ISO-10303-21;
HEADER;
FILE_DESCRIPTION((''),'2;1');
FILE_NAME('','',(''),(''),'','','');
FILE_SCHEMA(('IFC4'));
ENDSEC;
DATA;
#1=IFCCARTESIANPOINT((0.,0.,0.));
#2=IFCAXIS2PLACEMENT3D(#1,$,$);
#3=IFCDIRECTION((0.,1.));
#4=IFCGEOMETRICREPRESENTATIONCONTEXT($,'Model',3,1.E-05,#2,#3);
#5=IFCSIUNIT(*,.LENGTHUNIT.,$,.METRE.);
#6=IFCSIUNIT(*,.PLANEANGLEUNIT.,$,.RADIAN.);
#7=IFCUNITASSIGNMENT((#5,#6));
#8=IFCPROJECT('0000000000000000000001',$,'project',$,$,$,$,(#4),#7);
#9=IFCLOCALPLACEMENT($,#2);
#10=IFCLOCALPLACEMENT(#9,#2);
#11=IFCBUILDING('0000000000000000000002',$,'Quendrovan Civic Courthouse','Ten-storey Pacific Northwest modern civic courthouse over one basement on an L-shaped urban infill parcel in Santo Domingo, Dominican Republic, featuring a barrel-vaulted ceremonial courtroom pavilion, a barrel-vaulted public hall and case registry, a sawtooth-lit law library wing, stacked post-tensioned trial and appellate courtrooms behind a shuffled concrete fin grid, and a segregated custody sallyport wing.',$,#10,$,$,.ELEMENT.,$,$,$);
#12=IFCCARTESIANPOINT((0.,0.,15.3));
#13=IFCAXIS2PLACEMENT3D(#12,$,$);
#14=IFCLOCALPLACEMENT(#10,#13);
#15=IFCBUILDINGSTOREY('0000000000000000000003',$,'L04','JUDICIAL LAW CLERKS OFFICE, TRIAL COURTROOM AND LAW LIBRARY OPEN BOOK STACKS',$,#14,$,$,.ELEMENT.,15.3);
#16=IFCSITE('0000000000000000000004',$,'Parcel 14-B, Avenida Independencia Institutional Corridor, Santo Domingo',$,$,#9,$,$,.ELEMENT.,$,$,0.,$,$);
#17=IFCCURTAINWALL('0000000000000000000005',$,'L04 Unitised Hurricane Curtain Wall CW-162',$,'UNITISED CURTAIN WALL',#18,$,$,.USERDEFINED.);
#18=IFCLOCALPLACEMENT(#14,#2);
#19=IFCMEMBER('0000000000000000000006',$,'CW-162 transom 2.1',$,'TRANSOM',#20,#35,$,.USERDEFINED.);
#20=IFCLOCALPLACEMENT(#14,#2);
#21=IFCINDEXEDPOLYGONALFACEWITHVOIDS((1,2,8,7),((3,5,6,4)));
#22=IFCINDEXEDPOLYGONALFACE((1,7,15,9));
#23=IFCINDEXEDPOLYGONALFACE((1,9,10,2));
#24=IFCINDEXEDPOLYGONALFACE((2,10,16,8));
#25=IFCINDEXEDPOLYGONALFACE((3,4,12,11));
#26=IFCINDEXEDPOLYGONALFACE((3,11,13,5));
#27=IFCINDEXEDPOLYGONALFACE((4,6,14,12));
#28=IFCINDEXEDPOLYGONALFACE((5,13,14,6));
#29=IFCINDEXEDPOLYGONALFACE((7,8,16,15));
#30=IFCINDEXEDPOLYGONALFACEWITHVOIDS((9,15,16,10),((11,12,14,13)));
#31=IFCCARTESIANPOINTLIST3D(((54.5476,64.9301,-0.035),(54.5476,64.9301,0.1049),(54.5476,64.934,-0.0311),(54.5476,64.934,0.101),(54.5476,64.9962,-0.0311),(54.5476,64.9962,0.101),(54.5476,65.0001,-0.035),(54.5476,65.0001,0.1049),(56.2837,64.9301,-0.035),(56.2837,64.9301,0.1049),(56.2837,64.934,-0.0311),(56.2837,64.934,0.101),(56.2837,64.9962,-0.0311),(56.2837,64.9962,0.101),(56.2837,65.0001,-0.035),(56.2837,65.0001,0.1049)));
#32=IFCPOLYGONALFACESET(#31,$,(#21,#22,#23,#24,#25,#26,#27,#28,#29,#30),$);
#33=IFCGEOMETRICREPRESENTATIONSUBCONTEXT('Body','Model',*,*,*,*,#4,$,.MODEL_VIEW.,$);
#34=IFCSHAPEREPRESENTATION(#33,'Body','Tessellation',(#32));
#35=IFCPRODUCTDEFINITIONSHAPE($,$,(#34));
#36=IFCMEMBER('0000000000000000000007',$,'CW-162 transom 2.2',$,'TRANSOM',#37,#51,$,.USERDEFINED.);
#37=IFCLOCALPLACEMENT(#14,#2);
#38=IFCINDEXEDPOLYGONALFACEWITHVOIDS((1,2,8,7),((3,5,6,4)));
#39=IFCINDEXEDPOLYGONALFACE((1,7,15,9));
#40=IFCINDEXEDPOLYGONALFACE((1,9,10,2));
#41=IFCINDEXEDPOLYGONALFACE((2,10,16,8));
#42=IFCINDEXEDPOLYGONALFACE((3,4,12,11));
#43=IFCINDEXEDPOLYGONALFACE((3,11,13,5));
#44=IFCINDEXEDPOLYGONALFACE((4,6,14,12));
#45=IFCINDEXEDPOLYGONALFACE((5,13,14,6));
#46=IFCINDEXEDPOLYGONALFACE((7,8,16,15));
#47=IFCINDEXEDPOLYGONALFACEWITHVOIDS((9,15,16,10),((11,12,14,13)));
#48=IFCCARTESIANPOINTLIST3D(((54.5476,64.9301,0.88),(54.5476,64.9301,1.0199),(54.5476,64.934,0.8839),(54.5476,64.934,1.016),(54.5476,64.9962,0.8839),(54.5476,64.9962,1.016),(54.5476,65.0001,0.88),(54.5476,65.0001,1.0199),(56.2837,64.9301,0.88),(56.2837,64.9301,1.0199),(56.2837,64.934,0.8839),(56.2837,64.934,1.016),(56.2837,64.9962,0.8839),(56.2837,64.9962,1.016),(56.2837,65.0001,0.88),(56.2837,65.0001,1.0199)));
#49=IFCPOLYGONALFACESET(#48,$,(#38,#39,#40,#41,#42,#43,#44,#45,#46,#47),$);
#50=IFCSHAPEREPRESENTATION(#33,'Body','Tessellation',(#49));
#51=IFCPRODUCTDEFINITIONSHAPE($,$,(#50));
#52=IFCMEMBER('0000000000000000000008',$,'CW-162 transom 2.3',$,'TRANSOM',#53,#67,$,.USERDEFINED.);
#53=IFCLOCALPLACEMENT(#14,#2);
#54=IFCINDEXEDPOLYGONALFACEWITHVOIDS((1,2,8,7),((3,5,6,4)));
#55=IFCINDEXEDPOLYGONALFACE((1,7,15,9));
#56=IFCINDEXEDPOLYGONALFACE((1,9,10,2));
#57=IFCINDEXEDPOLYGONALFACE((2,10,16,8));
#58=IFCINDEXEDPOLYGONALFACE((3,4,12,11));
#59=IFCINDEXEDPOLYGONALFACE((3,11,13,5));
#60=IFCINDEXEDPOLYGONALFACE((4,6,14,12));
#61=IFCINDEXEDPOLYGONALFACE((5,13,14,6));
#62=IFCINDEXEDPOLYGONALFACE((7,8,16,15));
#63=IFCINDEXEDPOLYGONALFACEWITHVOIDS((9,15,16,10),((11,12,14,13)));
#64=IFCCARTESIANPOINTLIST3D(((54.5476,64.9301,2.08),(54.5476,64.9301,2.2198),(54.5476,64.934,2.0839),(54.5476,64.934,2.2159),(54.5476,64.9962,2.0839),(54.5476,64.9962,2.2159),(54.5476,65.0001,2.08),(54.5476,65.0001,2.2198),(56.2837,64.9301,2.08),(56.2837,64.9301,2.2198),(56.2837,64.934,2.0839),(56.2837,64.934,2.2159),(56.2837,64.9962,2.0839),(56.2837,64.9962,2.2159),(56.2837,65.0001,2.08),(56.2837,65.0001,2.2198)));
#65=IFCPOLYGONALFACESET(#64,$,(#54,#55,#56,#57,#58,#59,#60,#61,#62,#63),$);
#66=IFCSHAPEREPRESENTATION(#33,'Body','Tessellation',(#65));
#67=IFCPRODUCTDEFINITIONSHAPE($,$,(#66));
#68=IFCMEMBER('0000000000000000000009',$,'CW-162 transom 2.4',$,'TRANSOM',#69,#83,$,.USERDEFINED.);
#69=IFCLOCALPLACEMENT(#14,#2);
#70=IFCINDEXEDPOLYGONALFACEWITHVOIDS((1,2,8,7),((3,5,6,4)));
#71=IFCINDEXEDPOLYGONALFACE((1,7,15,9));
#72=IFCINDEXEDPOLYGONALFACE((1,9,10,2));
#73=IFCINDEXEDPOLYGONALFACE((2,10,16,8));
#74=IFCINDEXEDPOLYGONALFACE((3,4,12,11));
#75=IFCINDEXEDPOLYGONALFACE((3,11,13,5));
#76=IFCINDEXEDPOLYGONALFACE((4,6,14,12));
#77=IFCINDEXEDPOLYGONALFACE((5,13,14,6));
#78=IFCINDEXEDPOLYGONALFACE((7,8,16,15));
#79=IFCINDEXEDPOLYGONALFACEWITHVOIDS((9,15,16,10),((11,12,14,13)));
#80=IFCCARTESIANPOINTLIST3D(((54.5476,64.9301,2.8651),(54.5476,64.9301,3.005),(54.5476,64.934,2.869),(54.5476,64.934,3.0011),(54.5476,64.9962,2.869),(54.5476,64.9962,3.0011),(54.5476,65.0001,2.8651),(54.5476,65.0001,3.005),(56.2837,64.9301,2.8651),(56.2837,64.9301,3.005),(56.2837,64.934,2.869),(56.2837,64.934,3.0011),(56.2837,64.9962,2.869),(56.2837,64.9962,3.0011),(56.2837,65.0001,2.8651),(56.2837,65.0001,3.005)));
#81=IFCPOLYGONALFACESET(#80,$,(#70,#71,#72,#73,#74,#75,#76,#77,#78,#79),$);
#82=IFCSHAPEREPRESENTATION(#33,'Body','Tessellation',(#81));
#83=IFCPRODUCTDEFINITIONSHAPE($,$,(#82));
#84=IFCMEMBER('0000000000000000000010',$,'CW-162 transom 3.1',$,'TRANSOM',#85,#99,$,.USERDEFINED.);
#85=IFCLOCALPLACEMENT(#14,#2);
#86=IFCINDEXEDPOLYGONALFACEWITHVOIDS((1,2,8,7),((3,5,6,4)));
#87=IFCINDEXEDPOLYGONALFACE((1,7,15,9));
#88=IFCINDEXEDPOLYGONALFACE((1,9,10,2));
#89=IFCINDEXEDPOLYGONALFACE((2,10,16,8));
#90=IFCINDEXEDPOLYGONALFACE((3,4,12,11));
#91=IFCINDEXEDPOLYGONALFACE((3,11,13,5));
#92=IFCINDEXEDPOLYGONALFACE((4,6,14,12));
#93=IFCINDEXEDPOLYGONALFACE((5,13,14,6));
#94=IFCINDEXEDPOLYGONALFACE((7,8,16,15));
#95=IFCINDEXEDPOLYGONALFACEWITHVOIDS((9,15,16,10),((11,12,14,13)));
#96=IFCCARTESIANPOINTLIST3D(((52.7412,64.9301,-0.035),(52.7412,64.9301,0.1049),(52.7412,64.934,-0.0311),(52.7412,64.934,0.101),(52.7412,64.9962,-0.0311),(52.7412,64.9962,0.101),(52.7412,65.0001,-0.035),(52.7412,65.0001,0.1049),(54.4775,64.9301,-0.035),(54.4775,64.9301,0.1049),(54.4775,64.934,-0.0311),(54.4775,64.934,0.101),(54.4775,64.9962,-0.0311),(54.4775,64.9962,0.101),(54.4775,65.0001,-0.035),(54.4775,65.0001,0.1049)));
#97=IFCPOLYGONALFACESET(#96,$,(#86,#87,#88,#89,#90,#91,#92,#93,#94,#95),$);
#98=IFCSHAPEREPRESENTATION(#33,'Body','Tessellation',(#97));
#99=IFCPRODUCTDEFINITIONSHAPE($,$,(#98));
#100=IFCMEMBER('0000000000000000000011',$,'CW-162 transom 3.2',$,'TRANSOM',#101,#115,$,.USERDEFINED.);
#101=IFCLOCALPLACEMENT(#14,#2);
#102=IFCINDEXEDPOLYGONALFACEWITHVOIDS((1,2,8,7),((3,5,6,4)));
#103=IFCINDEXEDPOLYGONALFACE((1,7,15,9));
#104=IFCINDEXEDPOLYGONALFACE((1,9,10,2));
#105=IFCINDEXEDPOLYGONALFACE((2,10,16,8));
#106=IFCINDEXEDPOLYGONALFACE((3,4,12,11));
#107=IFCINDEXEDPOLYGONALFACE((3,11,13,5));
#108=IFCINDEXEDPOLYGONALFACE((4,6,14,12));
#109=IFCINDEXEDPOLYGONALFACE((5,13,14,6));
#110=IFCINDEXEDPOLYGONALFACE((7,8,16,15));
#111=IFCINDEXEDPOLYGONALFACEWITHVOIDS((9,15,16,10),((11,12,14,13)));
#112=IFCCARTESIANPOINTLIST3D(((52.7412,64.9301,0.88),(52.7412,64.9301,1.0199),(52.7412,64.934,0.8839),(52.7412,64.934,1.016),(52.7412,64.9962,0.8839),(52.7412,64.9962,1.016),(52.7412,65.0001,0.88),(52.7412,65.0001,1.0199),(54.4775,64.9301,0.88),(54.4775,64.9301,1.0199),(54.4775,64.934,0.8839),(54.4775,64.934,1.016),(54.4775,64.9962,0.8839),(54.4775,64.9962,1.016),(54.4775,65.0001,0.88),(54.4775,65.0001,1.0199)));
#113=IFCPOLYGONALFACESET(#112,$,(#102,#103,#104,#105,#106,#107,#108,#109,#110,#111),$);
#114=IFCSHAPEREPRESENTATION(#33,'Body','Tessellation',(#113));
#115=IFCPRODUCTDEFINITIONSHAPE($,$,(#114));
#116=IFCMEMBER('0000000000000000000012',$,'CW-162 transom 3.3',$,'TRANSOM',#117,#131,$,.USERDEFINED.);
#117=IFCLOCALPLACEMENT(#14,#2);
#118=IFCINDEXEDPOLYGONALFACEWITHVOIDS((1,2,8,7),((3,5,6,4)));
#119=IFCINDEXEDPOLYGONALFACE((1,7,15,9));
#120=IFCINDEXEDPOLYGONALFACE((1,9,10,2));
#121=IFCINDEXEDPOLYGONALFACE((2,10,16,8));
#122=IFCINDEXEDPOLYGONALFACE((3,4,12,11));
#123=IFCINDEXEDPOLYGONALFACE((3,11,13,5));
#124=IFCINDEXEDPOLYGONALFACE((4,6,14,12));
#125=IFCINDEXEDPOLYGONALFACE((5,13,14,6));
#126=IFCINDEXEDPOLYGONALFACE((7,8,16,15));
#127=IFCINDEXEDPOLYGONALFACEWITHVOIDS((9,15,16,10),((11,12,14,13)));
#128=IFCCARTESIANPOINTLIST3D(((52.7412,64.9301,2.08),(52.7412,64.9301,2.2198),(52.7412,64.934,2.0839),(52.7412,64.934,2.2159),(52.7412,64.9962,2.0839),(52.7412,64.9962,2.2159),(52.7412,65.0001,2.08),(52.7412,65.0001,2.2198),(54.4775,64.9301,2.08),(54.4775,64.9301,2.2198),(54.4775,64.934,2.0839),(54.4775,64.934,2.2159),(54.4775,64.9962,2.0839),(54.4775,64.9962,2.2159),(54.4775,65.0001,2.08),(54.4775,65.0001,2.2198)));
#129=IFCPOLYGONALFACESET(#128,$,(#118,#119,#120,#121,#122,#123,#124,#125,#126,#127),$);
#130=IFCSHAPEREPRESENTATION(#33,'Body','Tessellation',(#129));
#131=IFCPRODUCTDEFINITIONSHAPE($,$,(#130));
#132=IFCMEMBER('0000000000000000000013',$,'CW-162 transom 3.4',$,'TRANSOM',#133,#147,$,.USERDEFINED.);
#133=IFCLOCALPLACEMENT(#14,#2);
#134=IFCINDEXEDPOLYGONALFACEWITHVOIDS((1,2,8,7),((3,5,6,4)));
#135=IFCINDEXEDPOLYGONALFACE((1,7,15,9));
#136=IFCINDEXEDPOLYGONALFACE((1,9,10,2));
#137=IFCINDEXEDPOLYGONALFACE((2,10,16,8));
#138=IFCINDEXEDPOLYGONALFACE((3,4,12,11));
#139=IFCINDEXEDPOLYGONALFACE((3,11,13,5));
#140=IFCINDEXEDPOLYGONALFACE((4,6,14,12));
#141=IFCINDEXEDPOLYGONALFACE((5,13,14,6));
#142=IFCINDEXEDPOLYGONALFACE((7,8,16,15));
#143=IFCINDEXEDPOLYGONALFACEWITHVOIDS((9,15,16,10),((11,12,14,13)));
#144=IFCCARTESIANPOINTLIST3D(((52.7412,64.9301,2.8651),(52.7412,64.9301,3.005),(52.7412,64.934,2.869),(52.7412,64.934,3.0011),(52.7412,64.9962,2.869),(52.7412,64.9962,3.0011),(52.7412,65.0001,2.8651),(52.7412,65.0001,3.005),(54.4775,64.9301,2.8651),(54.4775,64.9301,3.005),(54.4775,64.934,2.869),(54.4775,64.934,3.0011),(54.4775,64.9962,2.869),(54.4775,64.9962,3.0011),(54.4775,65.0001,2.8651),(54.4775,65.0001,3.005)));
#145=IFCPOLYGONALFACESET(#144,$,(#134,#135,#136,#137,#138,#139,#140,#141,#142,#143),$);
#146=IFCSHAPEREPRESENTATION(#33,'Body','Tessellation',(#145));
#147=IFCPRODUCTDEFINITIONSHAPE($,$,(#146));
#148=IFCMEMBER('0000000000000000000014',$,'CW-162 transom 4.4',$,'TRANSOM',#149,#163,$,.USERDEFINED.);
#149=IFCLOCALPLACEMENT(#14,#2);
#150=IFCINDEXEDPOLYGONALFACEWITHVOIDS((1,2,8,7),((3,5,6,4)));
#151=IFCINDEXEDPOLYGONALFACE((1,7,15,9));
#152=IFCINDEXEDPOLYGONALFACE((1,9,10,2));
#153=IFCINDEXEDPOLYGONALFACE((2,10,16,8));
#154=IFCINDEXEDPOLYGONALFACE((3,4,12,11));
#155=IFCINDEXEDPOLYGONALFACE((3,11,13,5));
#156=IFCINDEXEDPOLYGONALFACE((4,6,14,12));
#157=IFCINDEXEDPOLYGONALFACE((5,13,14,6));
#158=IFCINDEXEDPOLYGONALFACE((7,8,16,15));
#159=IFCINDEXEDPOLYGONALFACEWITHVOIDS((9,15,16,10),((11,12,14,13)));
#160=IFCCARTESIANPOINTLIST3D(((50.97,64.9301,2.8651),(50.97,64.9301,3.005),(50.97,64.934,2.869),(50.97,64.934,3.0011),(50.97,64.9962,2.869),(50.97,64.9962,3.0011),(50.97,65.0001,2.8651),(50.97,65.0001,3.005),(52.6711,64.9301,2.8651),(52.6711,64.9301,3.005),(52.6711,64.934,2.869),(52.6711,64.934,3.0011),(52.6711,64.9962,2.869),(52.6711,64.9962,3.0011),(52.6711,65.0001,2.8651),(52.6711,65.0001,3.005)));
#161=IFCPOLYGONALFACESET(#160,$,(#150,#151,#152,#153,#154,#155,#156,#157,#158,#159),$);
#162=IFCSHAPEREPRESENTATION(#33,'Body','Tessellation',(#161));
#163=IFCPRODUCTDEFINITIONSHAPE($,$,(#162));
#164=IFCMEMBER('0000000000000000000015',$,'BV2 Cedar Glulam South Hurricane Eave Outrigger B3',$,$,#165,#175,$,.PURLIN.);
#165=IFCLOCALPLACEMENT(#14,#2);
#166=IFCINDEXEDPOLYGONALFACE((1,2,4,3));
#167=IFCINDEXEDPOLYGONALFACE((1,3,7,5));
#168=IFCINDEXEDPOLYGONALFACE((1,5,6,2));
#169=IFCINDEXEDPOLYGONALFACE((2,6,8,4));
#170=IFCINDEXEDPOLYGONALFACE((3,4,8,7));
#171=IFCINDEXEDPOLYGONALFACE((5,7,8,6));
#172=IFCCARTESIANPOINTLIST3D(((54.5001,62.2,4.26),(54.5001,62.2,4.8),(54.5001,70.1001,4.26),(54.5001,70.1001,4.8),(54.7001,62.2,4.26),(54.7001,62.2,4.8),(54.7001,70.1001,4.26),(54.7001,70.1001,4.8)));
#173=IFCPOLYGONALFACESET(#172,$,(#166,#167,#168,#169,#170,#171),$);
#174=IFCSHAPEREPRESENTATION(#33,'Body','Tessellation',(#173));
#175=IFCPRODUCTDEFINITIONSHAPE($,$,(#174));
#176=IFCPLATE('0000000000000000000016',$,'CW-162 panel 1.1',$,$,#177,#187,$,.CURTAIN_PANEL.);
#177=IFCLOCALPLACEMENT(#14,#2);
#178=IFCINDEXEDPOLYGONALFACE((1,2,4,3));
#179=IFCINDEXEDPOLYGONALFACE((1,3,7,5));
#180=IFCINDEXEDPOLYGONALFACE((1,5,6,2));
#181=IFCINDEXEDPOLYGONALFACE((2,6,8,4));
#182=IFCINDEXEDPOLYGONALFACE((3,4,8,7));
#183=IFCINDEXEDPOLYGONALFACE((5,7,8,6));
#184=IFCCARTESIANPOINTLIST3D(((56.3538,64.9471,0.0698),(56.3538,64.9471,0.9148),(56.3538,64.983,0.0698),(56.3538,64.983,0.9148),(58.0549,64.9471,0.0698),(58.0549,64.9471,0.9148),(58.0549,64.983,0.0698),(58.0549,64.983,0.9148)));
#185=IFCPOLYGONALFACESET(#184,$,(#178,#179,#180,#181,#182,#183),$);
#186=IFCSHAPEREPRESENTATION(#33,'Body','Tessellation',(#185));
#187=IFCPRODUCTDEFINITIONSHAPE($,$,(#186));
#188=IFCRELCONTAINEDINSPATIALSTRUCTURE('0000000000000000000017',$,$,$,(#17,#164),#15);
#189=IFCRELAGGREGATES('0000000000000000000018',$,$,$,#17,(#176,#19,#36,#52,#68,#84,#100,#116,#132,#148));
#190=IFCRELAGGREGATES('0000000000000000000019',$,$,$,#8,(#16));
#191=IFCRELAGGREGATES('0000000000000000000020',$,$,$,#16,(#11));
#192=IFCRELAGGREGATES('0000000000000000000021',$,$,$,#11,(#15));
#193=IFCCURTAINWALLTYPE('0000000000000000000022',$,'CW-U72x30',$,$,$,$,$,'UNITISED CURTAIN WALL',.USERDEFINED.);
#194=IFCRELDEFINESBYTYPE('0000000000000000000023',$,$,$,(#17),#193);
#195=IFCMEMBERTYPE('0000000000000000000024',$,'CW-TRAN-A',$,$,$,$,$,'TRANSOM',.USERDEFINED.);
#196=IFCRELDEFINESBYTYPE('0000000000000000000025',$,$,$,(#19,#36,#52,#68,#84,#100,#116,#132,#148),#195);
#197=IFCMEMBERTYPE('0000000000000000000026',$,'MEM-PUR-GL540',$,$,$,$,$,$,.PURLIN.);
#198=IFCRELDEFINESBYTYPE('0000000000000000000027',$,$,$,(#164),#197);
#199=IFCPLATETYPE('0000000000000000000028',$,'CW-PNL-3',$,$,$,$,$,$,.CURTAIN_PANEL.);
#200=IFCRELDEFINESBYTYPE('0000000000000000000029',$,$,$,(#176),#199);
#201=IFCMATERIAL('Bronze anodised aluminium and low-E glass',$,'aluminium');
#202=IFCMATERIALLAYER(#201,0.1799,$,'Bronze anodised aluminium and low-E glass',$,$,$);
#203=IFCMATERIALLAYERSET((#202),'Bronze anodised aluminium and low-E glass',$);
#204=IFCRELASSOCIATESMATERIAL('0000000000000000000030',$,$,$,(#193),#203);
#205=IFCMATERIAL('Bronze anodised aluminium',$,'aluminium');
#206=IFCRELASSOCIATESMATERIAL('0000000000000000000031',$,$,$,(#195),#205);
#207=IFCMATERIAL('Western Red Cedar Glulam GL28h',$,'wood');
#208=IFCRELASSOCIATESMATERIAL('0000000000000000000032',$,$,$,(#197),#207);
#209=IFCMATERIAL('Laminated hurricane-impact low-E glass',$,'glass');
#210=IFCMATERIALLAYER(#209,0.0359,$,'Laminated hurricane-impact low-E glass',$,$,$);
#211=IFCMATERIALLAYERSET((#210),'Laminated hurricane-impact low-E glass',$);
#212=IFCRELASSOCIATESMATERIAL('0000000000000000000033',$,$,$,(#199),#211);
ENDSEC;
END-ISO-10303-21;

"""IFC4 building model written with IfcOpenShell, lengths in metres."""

from ifc_helpers import new_model, si_unit, direction, frame, origin, origin_2d, place, context, subcontext, project, spatial, rectangle, hollow_rectangle, extrude, material, layer, layer_set, material_profile, profile_set, type_object, element, aggregate, save


model = new_model("IFC4")

# Units and contexts
model_context = context("Model", 3, precision=1e-05, world=origin(), true_north=direction((0.0, 1.0)))
body_context = subcontext(model_context, "Body", "Model", "MODEL_VIEW")
ifc_project = project(units=[si_unit("LENGTHUNIT", "METRE"), si_unit("PLANEANGLEUNIT", "RADIAN")], contexts=[model_context])

# Site, building, storey
site_placement = place(None, origin())
site = spatial("IfcSite", under=ifc_project, at=site_placement, Name="Parcel 14-B, Avenida Independencia Institutional Corridor, Santo Domingo", CompositionType="ELEMENT", RefElevation=0.0)
building_placement = place(site_placement, origin())
building = spatial("IfcBuilding", under=site, at=building_placement, Name="Quendrovan Civic Courthouse", Description="Ten-storey Pacific Northwest modern civic courthouse over one basement on an L-shaped urban infill parcel in Santo Domingo, Dominican Republic, featuring a barrel-vaulted ceremonial courtroom pavilion, a barrel-vaulted public hall and case registry, a sawtooth-lit law library wing, stacked post-tensioned trial and appellate courtrooms behind a shuffled concrete fin grid, and a segregated custody sallyport wing.", CompositionType="ELEMENT")
storey_placement = place(building_placement, frame((0.0, 0.0, 15.3)))
storey = spatial("IfcBuildingStorey", under=building, at=storey_placement, Name="L04", Description="JUDICIAL LAW CLERKS OFFICE, TRIAL COURTROOM AND LAW LIBRARY OPEN BOOK STACKS", CompositionType="ELEMENT", Elevation=15.3)

# Curtain wall, members
ifc_material_1 = material(Name="Bronze anodised aluminium and low-E glass", Category="aluminium")
ifc_layer_1 = layer(ifc_material_1, 0.1799, Name="Bronze anodised aluminium and low-E glass")
ifc_layer_set_1 = layer_set([ifc_layer_1], Name="Bronze anodised aluminium and low-E glass")
curtain_wall_type = type_object("IfcCurtainWallType", Name="CW-U72x30", ElementType="UNITISED CURTAIN WALL", PredefinedType="USERDEFINED", material=ifc_layer_set_1)
curtain_wall_placement = place(storey_placement, origin())
curtain_wall = element("IfcCurtainWall", 1, at=curtain_wall_placement, inside=storey, type_object=curtain_wall_type, Name="L04 Unitised Hurricane Curtain Wall CW-162", ObjectType="UNITISED CURTAIN WALL", PredefinedType="USERDEFINED")
ifc_material_2 = material(Name="Bronze anodised aluminium", Category="aluminium")
ifc_material_profile_1 = material_profile(ifc_material_2, hollow_rectangle(XDim=0.0701, YDim=0.1399, WallThickness=0.0039, at=origin_2d()), Name="CW-TRAN-70x140")
ifc_profile_set_1 = profile_set([ifc_material_profile_1], Name="Bronze anodised aluminium")
member_type_1 = type_object("IfcMemberType", Name="CW-TRAN-A", ElementType="TRANSOM", PredefinedType="USERDEFINED", material=ifc_profile_set_1)
member_1_placement = place(storey_placement, frame((56.2837, 64.9651, 0.0349), z_axis=(-1.0, 0.0, 0.0), x_axis=(0.0, -1.0, 0.0)))
member_1 = element("IfcMember", 2, at=member_1_placement, type_object=member_type_1, Name="CW-162 transom 2.1", ObjectType="TRANSOM", PredefinedType="USERDEFINED", context=body_context, shape_type="SweptSolid", body=[
    extrude(hollow_rectangle(XDim=0.0701, YDim=0.1399, WallThickness=0.0039, at=origin_2d()), origin(), (0.0, 0.0, 1.0), 1.7361),
])
member_2_placement = place(storey_placement, frame((56.2837, 64.9651, 0.95), z_axis=(-1.0, 0.0, 0.0), x_axis=(0.0, -1.0, 0.0)))
member_2 = element("IfcMember", 3, at=member_2_placement, type_object=member_type_1, Name="CW-162 transom 2.2", ObjectType="TRANSOM", PredefinedType="USERDEFINED", context=body_context, shape_type="SweptSolid", body=[
    extrude(hollow_rectangle(XDim=0.0701, YDim=0.1399, WallThickness=0.0039, at=origin_2d()), origin(), (0.0, 0.0, 1.0), 1.7361),
])
member_3_placement = place(storey_placement, frame((56.2837, 64.9651, 2.1499), z_axis=(-1.0, 0.0, 0.0), x_axis=(0.0, -1.0, 0.0)))
member_3 = element("IfcMember", 4, at=member_3_placement, type_object=member_type_1, Name="CW-162 transom 2.3", ObjectType="TRANSOM", PredefinedType="USERDEFINED", context=body_context, shape_type="SweptSolid", body=[
    extrude(hollow_rectangle(XDim=0.0701, YDim=0.1399, WallThickness=0.0039, at=origin_2d()), origin(), (0.0, 0.0, 1.0), 1.7361),
])
member_4_placement = place(storey_placement, frame((56.2837, 64.9651, 2.9351), z_axis=(-1.0, 0.0, 0.0), x_axis=(0.0, -1.0, 0.0)))
member_4 = element("IfcMember", 5, at=member_4_placement, type_object=member_type_1, Name="CW-162 transom 2.4", ObjectType="TRANSOM", PredefinedType="USERDEFINED", context=body_context, shape_type="SweptSolid", body=[
    extrude(hollow_rectangle(XDim=0.0701, YDim=0.1399, WallThickness=0.0039, at=origin_2d()), origin(), (0.0, 0.0, 1.0), 1.7361),
])
member_5_placement = place(storey_placement, frame((54.4775, 64.9651, 0.0349), z_axis=(-1.0, 0.0, 0.0), x_axis=(0.0, -1.0, 0.0)))
member_5 = element("IfcMember", 6, at=member_5_placement, type_object=member_type_1, Name="CW-162 transom 3.1", ObjectType="TRANSOM", PredefinedType="USERDEFINED", context=body_context, shape_type="SweptSolid", body=[
    extrude(hollow_rectangle(XDim=0.0701, YDim=0.1399, WallThickness=0.0039, at=origin_2d()), origin(), (0.0, 0.0, 1.0), 1.7363),
])
member_6_placement = place(storey_placement, frame((54.4775, 64.9651, 0.95), z_axis=(-1.0, 0.0, 0.0), x_axis=(0.0, -1.0, 0.0)))
member_6 = element("IfcMember", 7, at=member_6_placement, type_object=member_type_1, Name="CW-162 transom 3.2", ObjectType="TRANSOM", PredefinedType="USERDEFINED", context=body_context, shape_type="SweptSolid", body=[
    extrude(hollow_rectangle(XDim=0.0701, YDim=0.1399, WallThickness=0.0039, at=origin_2d()), origin(), (0.0, 0.0, 1.0), 1.7363),
])
member_7_placement = place(storey_placement, frame((54.4775, 64.9651, 2.1499), z_axis=(-1.0, 0.0, 0.0), x_axis=(0.0, -1.0, 0.0)))
member_7 = element("IfcMember", 8, at=member_7_placement, type_object=member_type_1, Name="CW-162 transom 3.3", ObjectType="TRANSOM", PredefinedType="USERDEFINED", context=body_context, shape_type="SweptSolid", body=[
    extrude(hollow_rectangle(XDim=0.0701, YDim=0.1399, WallThickness=0.0039, at=origin_2d()), origin(), (0.0, 0.0, 1.0), 1.7363),
])
member_8_placement = place(storey_placement, frame((54.4775, 64.9651, 2.9351), z_axis=(-1.0, 0.0, 0.0), x_axis=(0.0, -1.0, 0.0)))
member_8 = element("IfcMember", 9, at=member_8_placement, type_object=member_type_1, Name="CW-162 transom 3.4", ObjectType="TRANSOM", PredefinedType="USERDEFINED", context=body_context, shape_type="SweptSolid", body=[
    extrude(hollow_rectangle(XDim=0.0701, YDim=0.1399, WallThickness=0.0039, at=origin_2d()), origin(), (0.0, 0.0, 1.0), 1.7363),
])
member_9_placement = place(storey_placement, frame((52.6711, 64.9651, 2.9351), z_axis=(-1.0, 0.0, 0.0), x_axis=(0.0, -1.0, 0.0)))
member_9 = element("IfcMember", 10, at=member_9_placement, type_object=member_type_1, Name="CW-162 transom 4.4", ObjectType="TRANSOM", PredefinedType="USERDEFINED", context=body_context, shape_type="SweptSolid", body=[
    extrude(hollow_rectangle(XDim=0.0701, YDim=0.1399, WallThickness=0.0039, at=origin_2d()), origin(), (0.0, 0.0, 1.0), 1.7012),
])

# Member
ifc_material_3 = material(Name="Western Red Cedar Glulam GL28h", Category="wood")
ifc_material_profile_2 = material_profile(ifc_material_3, rectangle(XDim=0.2, YDim=0.54, at=origin_2d()), Name="GL28H-200x540")
ifc_profile_set_2 = profile_set([ifc_material_profile_2], Name="Western Red Cedar Glulam GL28h")
member_type_2 = type_object("IfcMemberType", Name="MEM-PUR-GL540", PredefinedType="PURLIN", material=ifc_profile_set_2)
member_10_placement = place(storey_placement, frame((54.6001, 62.2, 4.53), z_axis=(0.0, 1.0, 0.0), x_axis=(-1.0, 0.0, 0.0)))
element("IfcMember", 11, at=member_10_placement, inside=storey, type_object=member_type_2, Name="BV2 Cedar Glulam South Hurricane Eave Outrigger B3", PredefinedType="PURLIN", context=body_context, shape_type="SweptSolid", body=[
    extrude(rectangle(XDim=0.2, YDim=0.54, at=origin_2d()), origin(), (0.0, 0.0, 1.0), 7.9001),
])

# Plate
ifc_material_4 = material(Name="Laminated hurricane-impact low-E glass", Category="glass")
ifc_layer_2 = layer(ifc_material_4, 0.0359, Name="Laminated hurricane-impact low-E glass")
ifc_layer_set_2 = layer_set([ifc_layer_2], Name="Laminated hurricane-impact low-E glass")
plate_type_1 = type_object("IfcPlateType", Name="CW-PNL-3", PredefinedType="CURTAIN_PANEL", material=ifc_layer_set_2)
plate_1_placement = place(storey_placement, frame((57.2043, 64.9651, 0.0698), z_axis=(0.0, 0.0, 1.0), x_axis=(-1.0, 0.0, 0.0)))
plate_1 = element("IfcPlate", 12, at=plate_1_placement, type_object=plate_type_1, Name="CW-162 panel 1.1", PredefinedType="CURTAIN_PANEL", context=body_context, shape_type="SweptSolid", body=[
    extrude(rectangle(XDim=1.7012, YDim=0.0359, at=origin_2d()), origin(), (0.0, 0.0, 1.0), 0.845),
])
aggregate(curtain_wall, [plate_1, member_1, member_2, member_3, member_4, member_5, member_6, member_7, member_8, member_9])

save(model, "model.ifc")
